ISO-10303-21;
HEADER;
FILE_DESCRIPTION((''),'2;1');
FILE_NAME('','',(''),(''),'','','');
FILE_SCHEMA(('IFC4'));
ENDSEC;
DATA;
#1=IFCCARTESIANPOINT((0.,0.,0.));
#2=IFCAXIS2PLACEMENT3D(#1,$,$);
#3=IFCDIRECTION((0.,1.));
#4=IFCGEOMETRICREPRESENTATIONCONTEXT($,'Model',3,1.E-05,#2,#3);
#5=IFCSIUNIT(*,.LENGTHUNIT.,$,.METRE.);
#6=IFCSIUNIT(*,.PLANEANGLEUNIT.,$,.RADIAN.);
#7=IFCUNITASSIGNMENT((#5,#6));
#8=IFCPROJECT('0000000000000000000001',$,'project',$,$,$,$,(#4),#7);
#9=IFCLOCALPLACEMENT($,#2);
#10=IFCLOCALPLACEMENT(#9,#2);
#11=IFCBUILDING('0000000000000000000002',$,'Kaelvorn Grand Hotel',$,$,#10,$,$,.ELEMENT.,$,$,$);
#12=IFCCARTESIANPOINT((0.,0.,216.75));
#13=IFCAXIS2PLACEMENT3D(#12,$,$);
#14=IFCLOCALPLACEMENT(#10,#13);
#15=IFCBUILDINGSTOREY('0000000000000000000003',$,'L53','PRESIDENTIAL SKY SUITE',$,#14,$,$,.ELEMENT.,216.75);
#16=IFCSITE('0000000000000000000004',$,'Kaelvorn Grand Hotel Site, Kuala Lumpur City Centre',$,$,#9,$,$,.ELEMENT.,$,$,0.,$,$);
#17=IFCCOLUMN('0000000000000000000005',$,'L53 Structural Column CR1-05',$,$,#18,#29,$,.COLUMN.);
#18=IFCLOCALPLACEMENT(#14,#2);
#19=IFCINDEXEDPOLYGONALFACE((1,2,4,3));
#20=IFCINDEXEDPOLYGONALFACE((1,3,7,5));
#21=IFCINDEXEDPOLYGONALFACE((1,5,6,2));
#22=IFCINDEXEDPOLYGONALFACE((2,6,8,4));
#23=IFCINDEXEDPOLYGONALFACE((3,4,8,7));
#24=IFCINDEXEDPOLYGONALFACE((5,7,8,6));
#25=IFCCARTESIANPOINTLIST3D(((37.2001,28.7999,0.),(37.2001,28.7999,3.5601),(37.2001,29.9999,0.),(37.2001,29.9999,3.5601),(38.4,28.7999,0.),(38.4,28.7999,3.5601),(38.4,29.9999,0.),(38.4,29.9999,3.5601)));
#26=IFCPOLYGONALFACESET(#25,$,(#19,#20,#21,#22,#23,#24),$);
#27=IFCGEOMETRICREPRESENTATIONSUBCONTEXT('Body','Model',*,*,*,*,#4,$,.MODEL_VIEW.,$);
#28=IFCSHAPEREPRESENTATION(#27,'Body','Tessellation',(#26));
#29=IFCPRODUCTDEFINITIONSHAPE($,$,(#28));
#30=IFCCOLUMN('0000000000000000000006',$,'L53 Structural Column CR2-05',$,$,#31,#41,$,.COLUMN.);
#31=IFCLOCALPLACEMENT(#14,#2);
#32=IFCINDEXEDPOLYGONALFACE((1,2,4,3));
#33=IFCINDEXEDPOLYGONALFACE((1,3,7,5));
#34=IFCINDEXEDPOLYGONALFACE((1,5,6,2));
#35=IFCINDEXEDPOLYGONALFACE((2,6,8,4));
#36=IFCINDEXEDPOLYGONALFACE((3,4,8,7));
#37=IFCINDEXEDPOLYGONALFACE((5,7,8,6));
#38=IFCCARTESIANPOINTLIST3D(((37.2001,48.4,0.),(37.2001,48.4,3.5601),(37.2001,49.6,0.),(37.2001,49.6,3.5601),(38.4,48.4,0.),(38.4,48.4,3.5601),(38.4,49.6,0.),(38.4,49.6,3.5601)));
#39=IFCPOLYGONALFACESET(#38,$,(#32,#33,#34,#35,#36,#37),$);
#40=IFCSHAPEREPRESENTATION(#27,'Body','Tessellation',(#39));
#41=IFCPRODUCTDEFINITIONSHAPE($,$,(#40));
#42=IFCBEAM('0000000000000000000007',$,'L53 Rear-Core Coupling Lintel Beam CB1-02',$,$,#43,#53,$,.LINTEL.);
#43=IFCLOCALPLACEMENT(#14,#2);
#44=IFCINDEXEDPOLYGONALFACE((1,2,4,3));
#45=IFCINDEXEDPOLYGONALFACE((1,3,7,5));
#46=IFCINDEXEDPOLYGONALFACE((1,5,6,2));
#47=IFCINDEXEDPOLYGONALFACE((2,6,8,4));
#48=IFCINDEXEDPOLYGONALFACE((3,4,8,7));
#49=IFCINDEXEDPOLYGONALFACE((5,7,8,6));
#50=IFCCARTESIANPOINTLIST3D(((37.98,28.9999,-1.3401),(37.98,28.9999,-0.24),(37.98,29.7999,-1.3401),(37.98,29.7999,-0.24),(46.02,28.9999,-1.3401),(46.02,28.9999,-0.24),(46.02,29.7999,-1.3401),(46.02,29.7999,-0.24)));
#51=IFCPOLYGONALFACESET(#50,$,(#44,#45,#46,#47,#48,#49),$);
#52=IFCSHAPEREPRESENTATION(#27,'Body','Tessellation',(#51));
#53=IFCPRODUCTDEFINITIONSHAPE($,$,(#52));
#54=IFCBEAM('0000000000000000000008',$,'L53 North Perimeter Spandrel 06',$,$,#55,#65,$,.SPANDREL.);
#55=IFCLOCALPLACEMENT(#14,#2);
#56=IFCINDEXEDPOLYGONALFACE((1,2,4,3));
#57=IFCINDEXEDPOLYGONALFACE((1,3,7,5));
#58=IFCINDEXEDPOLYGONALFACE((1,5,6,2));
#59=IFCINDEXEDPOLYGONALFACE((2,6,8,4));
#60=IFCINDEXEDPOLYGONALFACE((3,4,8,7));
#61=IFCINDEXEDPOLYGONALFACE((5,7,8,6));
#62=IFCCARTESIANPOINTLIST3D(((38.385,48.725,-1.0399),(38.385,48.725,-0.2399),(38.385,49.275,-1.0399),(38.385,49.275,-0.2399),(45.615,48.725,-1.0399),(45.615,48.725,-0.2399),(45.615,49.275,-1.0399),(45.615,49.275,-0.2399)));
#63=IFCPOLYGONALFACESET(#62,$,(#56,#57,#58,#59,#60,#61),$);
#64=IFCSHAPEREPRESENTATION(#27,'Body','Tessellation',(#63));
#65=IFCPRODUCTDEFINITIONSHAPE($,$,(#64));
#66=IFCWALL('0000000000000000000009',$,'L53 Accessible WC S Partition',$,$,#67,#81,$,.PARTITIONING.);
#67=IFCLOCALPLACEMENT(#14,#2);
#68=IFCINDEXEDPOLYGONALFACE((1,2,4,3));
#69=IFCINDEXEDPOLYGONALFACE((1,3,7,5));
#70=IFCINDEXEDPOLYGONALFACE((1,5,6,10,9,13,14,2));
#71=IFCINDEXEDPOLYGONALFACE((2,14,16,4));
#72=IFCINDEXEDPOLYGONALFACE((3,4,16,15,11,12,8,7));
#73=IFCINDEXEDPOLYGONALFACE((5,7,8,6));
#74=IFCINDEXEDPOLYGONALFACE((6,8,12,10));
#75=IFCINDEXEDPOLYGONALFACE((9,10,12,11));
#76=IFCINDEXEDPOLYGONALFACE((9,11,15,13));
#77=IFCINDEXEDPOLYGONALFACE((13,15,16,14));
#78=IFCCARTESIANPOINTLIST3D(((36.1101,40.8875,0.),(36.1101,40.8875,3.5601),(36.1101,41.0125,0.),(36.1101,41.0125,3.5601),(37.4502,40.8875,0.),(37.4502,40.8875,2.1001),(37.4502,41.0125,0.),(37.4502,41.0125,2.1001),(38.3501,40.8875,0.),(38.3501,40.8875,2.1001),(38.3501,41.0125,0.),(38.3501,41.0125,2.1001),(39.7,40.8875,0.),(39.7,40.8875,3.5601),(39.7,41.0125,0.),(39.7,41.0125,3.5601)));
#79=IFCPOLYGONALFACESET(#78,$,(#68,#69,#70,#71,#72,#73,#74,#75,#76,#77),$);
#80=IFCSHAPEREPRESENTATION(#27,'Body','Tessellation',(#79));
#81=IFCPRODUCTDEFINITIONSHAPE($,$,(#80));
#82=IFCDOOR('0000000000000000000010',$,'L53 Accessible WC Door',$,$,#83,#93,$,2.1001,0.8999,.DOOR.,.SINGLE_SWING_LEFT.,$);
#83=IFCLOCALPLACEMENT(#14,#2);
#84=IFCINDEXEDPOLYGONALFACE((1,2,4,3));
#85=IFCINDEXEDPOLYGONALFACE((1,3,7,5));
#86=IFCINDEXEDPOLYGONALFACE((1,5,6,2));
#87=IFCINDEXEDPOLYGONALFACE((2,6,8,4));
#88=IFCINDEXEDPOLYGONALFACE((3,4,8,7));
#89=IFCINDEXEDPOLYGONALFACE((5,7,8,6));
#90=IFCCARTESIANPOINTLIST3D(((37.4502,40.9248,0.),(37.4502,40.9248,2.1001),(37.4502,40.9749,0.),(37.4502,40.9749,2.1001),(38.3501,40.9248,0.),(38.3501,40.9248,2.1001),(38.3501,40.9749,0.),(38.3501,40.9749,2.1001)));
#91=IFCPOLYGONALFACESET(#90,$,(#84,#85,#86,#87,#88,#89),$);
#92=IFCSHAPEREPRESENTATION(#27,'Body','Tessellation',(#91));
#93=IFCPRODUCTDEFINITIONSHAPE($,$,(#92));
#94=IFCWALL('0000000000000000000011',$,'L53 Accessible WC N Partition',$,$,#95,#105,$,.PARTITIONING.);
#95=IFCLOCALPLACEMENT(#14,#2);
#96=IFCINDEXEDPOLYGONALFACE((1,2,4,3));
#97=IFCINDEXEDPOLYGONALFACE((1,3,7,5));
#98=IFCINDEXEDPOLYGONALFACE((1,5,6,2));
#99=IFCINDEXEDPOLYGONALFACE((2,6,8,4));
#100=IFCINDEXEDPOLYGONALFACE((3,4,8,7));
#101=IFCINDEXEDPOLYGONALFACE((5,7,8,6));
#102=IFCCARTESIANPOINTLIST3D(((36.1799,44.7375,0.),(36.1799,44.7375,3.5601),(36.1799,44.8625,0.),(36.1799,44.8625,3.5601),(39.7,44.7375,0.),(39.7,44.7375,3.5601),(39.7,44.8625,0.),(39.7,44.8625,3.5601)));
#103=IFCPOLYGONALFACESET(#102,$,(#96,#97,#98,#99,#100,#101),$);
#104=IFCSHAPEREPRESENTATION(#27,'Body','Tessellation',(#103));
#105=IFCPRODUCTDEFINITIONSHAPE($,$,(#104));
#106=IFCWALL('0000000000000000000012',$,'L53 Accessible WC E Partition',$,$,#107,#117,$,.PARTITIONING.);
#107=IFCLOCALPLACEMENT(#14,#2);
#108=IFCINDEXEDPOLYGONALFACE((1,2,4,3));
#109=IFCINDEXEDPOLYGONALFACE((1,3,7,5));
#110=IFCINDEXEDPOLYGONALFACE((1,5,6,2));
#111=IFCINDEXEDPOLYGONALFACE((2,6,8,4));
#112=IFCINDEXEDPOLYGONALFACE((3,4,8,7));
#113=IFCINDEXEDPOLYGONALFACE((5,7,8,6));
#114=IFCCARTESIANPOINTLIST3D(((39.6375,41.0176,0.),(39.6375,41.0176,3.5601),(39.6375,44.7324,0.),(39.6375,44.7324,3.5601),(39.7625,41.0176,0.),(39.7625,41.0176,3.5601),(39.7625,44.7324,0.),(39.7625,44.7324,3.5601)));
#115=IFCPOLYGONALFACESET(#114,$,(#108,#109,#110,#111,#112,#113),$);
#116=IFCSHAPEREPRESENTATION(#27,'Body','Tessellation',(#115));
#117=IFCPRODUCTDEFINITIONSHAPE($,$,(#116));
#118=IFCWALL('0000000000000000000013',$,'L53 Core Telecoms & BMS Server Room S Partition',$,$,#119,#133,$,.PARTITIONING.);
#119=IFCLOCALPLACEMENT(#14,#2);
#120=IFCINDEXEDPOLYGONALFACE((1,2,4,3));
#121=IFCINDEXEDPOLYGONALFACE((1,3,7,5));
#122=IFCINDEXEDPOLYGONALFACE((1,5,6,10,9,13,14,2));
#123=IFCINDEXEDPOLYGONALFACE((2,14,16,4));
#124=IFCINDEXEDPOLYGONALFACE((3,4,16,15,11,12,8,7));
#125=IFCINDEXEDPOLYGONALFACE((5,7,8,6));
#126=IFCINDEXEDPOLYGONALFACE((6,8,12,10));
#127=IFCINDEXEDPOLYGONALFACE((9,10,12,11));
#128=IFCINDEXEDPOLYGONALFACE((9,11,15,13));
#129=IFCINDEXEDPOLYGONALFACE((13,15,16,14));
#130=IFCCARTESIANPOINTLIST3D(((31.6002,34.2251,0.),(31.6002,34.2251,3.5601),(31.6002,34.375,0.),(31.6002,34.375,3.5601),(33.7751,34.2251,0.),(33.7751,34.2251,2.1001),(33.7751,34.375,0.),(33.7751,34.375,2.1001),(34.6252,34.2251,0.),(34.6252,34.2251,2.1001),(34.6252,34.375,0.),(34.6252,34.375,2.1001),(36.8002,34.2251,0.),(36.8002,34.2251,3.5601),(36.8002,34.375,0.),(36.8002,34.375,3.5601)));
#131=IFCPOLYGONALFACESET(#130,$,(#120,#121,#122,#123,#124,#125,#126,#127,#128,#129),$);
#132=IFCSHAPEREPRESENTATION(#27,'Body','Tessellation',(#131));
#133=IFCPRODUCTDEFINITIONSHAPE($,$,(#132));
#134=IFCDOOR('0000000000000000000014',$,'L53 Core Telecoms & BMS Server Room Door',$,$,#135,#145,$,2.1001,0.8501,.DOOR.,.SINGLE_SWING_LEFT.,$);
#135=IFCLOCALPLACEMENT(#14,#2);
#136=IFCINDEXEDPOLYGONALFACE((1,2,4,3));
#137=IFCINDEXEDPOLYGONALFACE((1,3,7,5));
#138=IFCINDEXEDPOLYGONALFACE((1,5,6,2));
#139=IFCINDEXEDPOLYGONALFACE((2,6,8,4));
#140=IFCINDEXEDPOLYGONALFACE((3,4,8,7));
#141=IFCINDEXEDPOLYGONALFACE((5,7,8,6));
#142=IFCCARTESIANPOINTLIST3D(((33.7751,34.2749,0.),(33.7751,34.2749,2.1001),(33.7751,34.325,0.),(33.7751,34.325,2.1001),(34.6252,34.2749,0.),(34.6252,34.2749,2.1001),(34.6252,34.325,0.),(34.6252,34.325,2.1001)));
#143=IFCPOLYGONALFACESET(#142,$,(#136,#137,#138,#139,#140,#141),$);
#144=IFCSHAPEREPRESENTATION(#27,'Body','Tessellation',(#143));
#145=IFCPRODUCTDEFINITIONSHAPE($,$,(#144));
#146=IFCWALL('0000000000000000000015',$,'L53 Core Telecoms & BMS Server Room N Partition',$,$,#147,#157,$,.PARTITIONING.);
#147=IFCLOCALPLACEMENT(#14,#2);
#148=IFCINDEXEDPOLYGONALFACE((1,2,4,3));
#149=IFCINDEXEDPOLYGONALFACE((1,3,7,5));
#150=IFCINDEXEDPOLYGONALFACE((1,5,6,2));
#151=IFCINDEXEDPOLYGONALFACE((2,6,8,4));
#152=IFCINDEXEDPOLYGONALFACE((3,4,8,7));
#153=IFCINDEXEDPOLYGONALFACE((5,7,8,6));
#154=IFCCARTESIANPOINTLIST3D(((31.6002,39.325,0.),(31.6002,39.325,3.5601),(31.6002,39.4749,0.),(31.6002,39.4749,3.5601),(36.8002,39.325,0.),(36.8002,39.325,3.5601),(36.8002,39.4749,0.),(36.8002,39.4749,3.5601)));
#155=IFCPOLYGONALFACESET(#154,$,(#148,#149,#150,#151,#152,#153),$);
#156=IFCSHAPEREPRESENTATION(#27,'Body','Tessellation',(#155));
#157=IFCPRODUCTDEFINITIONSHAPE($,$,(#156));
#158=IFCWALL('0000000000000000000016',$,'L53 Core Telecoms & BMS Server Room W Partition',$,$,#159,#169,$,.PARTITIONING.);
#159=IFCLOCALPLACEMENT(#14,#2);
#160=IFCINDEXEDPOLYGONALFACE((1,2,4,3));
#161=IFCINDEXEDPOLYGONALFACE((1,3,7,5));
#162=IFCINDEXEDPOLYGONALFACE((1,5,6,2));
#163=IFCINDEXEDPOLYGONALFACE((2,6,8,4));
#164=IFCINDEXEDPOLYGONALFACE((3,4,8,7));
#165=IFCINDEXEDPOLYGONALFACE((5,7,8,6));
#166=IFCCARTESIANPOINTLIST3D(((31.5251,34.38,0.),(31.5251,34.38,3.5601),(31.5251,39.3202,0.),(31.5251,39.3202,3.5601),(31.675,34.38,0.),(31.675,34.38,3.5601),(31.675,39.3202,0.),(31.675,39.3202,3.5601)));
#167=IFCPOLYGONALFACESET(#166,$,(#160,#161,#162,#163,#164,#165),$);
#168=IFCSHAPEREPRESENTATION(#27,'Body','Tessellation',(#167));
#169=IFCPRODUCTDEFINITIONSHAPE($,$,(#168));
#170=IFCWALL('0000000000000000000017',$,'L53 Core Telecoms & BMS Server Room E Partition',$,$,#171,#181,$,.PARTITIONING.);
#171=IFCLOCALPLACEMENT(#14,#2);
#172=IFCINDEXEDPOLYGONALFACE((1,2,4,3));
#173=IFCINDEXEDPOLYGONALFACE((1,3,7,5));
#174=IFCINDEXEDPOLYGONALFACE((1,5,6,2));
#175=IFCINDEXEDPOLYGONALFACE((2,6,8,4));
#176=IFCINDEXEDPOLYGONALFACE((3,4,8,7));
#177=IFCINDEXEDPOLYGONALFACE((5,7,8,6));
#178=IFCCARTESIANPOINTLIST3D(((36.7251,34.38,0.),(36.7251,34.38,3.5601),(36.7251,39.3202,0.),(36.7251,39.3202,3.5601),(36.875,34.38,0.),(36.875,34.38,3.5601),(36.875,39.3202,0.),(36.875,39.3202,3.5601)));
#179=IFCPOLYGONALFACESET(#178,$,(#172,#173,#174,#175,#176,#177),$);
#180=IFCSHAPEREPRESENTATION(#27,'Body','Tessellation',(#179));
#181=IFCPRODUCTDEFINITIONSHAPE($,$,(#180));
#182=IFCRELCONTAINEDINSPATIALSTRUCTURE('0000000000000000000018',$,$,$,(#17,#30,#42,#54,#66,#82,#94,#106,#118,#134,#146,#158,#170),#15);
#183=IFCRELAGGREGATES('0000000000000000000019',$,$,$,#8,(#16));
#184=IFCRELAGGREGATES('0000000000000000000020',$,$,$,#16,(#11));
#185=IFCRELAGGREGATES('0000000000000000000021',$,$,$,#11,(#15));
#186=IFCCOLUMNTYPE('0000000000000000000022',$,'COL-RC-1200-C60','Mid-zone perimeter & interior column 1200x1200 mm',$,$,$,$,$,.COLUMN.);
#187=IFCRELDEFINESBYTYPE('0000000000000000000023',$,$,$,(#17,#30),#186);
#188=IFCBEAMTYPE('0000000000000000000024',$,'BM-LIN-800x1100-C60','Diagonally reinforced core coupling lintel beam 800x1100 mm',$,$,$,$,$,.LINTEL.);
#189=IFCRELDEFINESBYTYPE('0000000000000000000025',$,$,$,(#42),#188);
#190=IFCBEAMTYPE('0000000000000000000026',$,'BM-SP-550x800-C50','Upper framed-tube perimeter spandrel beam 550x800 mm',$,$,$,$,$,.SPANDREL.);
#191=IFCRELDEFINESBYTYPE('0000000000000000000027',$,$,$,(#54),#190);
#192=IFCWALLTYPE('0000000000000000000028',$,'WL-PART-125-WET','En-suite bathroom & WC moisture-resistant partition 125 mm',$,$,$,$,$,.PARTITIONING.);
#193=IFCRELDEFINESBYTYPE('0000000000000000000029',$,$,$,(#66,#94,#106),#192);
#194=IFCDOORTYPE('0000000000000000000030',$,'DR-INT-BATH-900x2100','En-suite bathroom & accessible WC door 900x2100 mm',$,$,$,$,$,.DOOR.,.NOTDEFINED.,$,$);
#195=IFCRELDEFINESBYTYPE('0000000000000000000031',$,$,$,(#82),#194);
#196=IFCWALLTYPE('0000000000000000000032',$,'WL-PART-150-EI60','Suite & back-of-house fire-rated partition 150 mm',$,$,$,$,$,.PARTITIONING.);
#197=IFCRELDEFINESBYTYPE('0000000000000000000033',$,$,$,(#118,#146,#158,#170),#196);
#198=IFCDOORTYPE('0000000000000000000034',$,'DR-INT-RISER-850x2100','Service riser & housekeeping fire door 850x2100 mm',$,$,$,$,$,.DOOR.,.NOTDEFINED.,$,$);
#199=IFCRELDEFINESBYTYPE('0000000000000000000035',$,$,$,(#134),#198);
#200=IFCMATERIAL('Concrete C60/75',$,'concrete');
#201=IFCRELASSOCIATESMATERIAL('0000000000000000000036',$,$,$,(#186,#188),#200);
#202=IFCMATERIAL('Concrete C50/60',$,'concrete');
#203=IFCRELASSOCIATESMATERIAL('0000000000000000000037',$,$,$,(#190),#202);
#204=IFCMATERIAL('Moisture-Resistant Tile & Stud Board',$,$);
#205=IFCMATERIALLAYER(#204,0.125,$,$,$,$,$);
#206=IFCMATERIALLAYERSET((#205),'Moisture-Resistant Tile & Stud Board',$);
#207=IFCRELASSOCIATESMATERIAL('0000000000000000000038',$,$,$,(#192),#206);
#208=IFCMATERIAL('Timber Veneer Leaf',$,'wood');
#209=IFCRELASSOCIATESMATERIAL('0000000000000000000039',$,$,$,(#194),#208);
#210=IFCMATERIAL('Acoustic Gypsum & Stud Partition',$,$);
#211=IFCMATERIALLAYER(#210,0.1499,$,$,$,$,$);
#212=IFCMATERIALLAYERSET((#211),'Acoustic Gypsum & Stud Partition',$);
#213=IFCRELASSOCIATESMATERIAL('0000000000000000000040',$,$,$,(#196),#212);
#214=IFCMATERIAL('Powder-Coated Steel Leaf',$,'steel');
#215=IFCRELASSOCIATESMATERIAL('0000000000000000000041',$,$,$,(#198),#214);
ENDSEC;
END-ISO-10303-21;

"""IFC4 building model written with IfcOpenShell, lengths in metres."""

from ifc_helpers import new_model, si_unit, direction, frame, frame_2d, origin, origin_2d, place, context, subcontext, project, spatial, rectangle, extrude, material, layer, layer_set, material_profile, profile_set, type_object, element, fill, save


model = new_model("IFC4")

# Units and contexts
model_context = context("Model", 3, precision=1e-05, world=origin(), true_north=direction((0.0, 1.0)))
body_context = subcontext(model_context, "Body", "Model", "MODEL_VIEW")
ifc_project = project(units=[si_unit("LENGTHUNIT", "METRE"), si_unit("PLANEANGLEUNIT", "RADIAN")], contexts=[model_context])

# Site, building, storey
site_placement = place(None, origin())
site = spatial("IfcSite", under=ifc_project, at=site_placement, Name="Kaelvorn Grand Hotel Site, Kuala Lumpur City Centre", CompositionType="ELEMENT", RefElevation=0.0)
building_placement = place(site_placement, origin())
building = spatial("IfcBuilding", under=site, at=building_placement, Name="Kaelvorn Grand Hotel", CompositionType="ELEMENT")
storey_placement = place(building_placement, frame((0.0, 0.0, 216.75)))
storey = spatial("IfcBuildingStorey", under=building, at=storey_placement, Name="L53", Description="PRESIDENTIAL SKY SUITE", CompositionType="ELEMENT", Elevation=216.75)

# Columns
ifc_material_1 = material(Name="Concrete C60/75", Category="concrete")
ifc_material_profile_1 = material_profile(ifc_material_1, rectangle(XDim=1.2, YDim=1.2, at=origin_2d()), Name="RC COL 1200x1200")
ifc_profile_set_1 = profile_set([ifc_material_profile_1], Name="Concrete C60/75")
column_type = type_object("IfcColumnType", Name="COL-RC-1200-C60", Description="Mid-zone perimeter & interior column 1200x1200 mm", PredefinedType="COLUMN", material=ifc_profile_set_1)
for number, where, z_axis, x_axis, name in (
    (1, (37.8, 29.3999, 0.0), (0.0, 0.0, 1.0), (1.0, 0.0, 0.0), "L53 Structural Column CR1-05"),
    (2, (37.8, 49.0, 0.0), (0.0, 0.0, 1.0), (1.0, 0.0, 0.0), "L53 Structural Column CR2-05"),
):
    element("IfcColumn", number, at=place(storey_placement, frame(where, z_axis=z_axis, x_axis=x_axis)), inside=storey, type_object=column_type, Name=name, PredefinedType="COLUMN", context=body_context, shape_type="SweptSolid", body=[
        extrude(rectangle(XDim=1.2, YDim=1.2, at=origin_2d()), origin(), (0.0, 0.0, 1.0), 3.5601),
    ])

# Beams
ifc_material_profile_2 = material_profile(ifc_material_1, rectangle(XDim=0.8, YDim=1.1001, at=origin_2d()), Name="RC LINTEL 800x1100")
ifc_profile_set_2 = profile_set([ifc_material_profile_2], Name="Concrete C60/75")
beam_type_1 = type_object("IfcBeamType", Name="BM-LIN-800x1100-C60", Description="Diagonally reinforced core coupling lintel beam 800x1100 mm", PredefinedType="LINTEL", material=ifc_profile_set_2)
beam_1_placement = place(storey_placement, frame((37.98, 29.3999, -0.79), z_axis=(1.0, 0.0, 0.0), x_axis=(0.0, 1.0, 0.0)))
element("IfcBeam", 3, at=beam_1_placement, inside=storey, type_object=beam_type_1, Name="L53 Rear-Core Coupling Lintel Beam CB1-02", PredefinedType="LINTEL", context=body_context, shape_type="SweptSolid", body=[
    extrude(rectangle(XDim=0.8, YDim=1.1001, at=origin_2d()), origin(), (0.0, 0.0, 1.0), 8.04),
])
ifc_material_2 = material(Name="Concrete C50/60", Category="concrete")
ifc_material_profile_3 = material_profile(ifc_material_2, rectangle(XDim=0.55, YDim=0.8, at=origin_2d()), Name="RC SPANDREL 550x800")
ifc_profile_set_3 = profile_set([ifc_material_profile_3], Name="Concrete C50/60")
beam_type_2 = type_object("IfcBeamType", Name="BM-SP-550x800-C50", Description="Upper framed-tube perimeter spandrel beam 550x800 mm", PredefinedType="SPANDREL", material=ifc_profile_set_3)
beam_2_placement = place(storey_placement, frame((38.385, 49.0, -0.6399), z_axis=(1.0, 0.0, 0.0), x_axis=(0.0, 1.0, 0.0)))
element("IfcBeam", 4, at=beam_2_placement, inside=storey, type_object=beam_type_2, Name="L53 North Perimeter Spandrel 06", PredefinedType="SPANDREL", context=body_context, shape_type="SweptSolid", body=[
    extrude(rectangle(XDim=0.55, YDim=0.8, at=origin_2d()), origin(), (0.0, 0.0, 1.0), 7.23),
])

# Wall, opening, door
ifc_material_3 = material(Name="Moisture-Resistant Tile & Stud Board")
ifc_layer_1 = layer(ifc_material_3, 0.125)
ifc_layer_set_1 = layer_set([ifc_layer_1], Name="Moisture-Resistant Tile & Stud Board")
wall_type_1 = type_object("IfcWallType", Name="WL-PART-125-WET", Description="En-suite bathroom & WC moisture-resistant partition 125 mm", PredefinedType="PARTITIONING", material=ifc_layer_set_1)
wall_1_placement = place(storey_placement, frame((36.1101, 40.95, 0.0), z_axis=(0.0, 0.0, 1.0), x_axis=(1.0, 0.0, 0.0)))
wall_1 = element("IfcWall", 5, at=wall_1_placement, inside=storey, type_object=wall_type_1, Name="L53 Accessible WC S Partition", PredefinedType="PARTITIONING", context=body_context, shape_type="SweptSolid", body=[
    extrude(rectangle(XDim=3.5898, YDim=0.125, at=frame_2d((1.7949, 0.0))), origin(), (0.0, 0.0, 1.0), 3.5601),
])
opening_1_placement = place(wall_1_placement, frame((1.3401, 0.0, 0.0)))
opening_1 = element("IfcOpeningElement", 6, at=opening_1_placement, cuts=wall_1, PredefinedType="OPENING", context=body_context, shape_type="SweptSolid", body=[
    extrude(rectangle(XDim=0.8999, YDim=2.1001, at=frame_2d((0.45, 1.05))), frame((0.0, 0.0725, 0.0), z_axis=(0.0, -1.0, 0.0), x_axis=(1.0, 0.0, 0.0)), (0.0, 0.0, 1.0), 0.145),
])
ifc_material_4 = material(Name="Timber Veneer Leaf", Category="wood")
door_type_1 = type_object("IfcDoorType", Name="DR-INT-BATH-900x2100", Description="En-suite bathroom & accessible WC door 900x2100 mm", OperationType="NOTDEFINED", PredefinedType="DOOR", material=ifc_material_4)
door_1_placement = place(opening_1_placement, origin())
door_1 = element("IfcDoor", 7, at=door_1_placement, inside=storey, type_object=door_type_1, Name="L53 Accessible WC Door", OperationType="SINGLE_SWING_LEFT", OverallHeight=2.1001, OverallWidth=0.8999, PredefinedType="DOOR", context=body_context, shape_type="SweptSolid", body=[
    extrude(rectangle(XDim=0.8999, YDim=2.1001, at=frame_2d((0.45, 1.05))), frame((0.0, 0.0249, 0.0), z_axis=(0.0, -1.0, 0.0), x_axis=(1.0, 0.0, 0.0)), (0.0, 0.0, 1.0), 0.05),
])
fill(opening_1, door_1)

# Walls
wall_2_placement = place(storey_placement, frame((36.1799, 44.8, 0.0), z_axis=(0.0, 0.0, 1.0), x_axis=(1.0, 0.0, 0.0)))
element("IfcWall", 8, at=wall_2_placement, inside=storey, type_object=wall_type_1, Name="L53 Accessible WC N Partition", PredefinedType="PARTITIONING", context=body_context, shape_type="SweptSolid", body=[
    extrude(rectangle(XDim=3.52, YDim=0.125, at=frame_2d((1.76, 0.0))), origin(), (0.0, 0.0, 1.0), 3.5601),
])
wall_3_placement = place(storey_placement, frame((39.7, 41.0176, 0.0), z_axis=(0.0, 0.0, 1.0), x_axis=(0.0, 1.0, 0.0)))
element("IfcWall", 9, at=wall_3_placement, inside=storey, type_object=wall_type_1, Name="L53 Accessible WC E Partition", PredefinedType="PARTITIONING", context=body_context, shape_type="SweptSolid", body=[
    extrude(rectangle(XDim=3.7148, YDim=0.125, at=frame_2d((1.8574, 0.0))), origin(), (0.0, 0.0, 1.0), 3.5601),
])

# Wall, opening, door
ifc_material_5 = material(Name="Acoustic Gypsum & Stud Partition")
ifc_layer_2 = layer(ifc_material_5, 0.1499)
ifc_layer_set_2 = layer_set([ifc_layer_2], Name="Acoustic Gypsum & Stud Partition")
wall_type_2 = type_object("IfcWallType", Name="WL-PART-150-EI60", Description="Suite & back-of-house fire-rated partition 150 mm", PredefinedType="PARTITIONING", material=ifc_layer_set_2)
wall_4_placement = place(storey_placement, frame((31.6001, 34.3, 0.0), z_axis=(0.0, 0.0, 1.0), x_axis=(1.0, 0.0, 0.0)))
wall_4 = element("IfcWall", 10, at=wall_4_placement, inside=storey, type_object=wall_type_2, Name="L53 Core Telecoms & BMS Server Room S Partition", PredefinedType="PARTITIONING", context=body_context, shape_type="SweptSolid", body=[
    extrude(rectangle(XDim=5.2, YDim=0.1499, at=frame_2d((2.6001, 0.0))), origin(), (0.0, 0.0, 1.0), 3.5601),
])
opening_2_placement = place(wall_4_placement, frame((2.175, 0.0, 0.0)))
opening_2 = element("IfcOpeningElement", 11, at=opening_2_placement, cuts=wall_4, PredefinedType="OPENING", context=body_context, shape_type="SweptSolid", body=[
    extrude(rectangle(XDim=0.8501, YDim=2.1001, at=frame_2d((0.425, 1.05))), frame((0.0, 0.085, 0.0), z_axis=(0.0, -1.0, 0.0), x_axis=(1.0, 0.0, 0.0)), (0.0, 0.0, 1.0), 0.1699),
])
ifc_material_6 = material(Name="Powder-Coated Steel Leaf", Category="steel")
door_type_2 = type_object("IfcDoorType", Name="DR-INT-RISER-850x2100", Description="Service riser & housekeeping fire door 850x2100 mm", OperationType="NOTDEFINED", PredefinedType="DOOR", material=ifc_material_6)
door_2_placement = place(opening_2_placement, origin())
door_2 = element("IfcDoor", 12, at=door_2_placement, inside=storey, type_object=door_type_2, Name="L53 Core Telecoms & BMS Server Room Door", OperationType="SINGLE_SWING_LEFT", OverallHeight=2.1001, OverallWidth=0.8501, PredefinedType="DOOR", context=body_context, shape_type="SweptSolid", body=[
    extrude(rectangle(XDim=0.8501, YDim=2.1001, at=frame_2d((0.425, 1.05))), frame((0.0, 0.0249, 0.0), z_axis=(0.0, -1.0, 0.0), x_axis=(1.0, 0.0, 0.0)), (0.0, 0.0, 1.0), 0.05),
])
fill(opening_2, door_2)

# Walls
wall_5_placement = place(storey_placement, frame((31.6001, 39.3999, 0.0), z_axis=(0.0, 0.0, 1.0), x_axis=(1.0, 0.0, 0.0)))
element("IfcWall", 13, at=wall_5_placement, inside=storey, type_object=wall_type_2, Name="L53 Core Telecoms & BMS Server Room N Partition", PredefinedType="PARTITIONING", context=body_context, shape_type="SweptSolid", body=[
    extrude(rectangle(XDim=5.2, YDim=0.1499, at=frame_2d((2.6001, 0.0))), origin(), (0.0, 0.0, 1.0), 3.5601),
])
for number, where, z_axis, x_axis, name in (
    (14, (31.6001, 34.3799, 0.0), (0.0, 0.0, 1.0), (0.0, 1.0, 0.0), "L53 Core Telecoms & BMS Server Room W Partition"),
    (15, (36.8, 34.3799, 0.0), (0.0, 0.0, 1.0), (0.0, 1.0, 0.0), "L53 Core Telecoms & BMS Server Room E Partition"),
):
    element("IfcWall", number, at=place(storey_placement, frame(where, z_axis=z_axis, x_axis=x_axis)), inside=storey, type_object=wall_type_2, Name=name, PredefinedType="PARTITIONING", context=body_context, shape_type="SweptSolid", body=[
        extrude(rectangle(XDim=4.9402, YDim=0.1499, at=frame_2d((2.4702, 0.0))), origin(), (0.0, 0.0, 1.0), 3.5601),
    ])

save(model, "model.ifc")
